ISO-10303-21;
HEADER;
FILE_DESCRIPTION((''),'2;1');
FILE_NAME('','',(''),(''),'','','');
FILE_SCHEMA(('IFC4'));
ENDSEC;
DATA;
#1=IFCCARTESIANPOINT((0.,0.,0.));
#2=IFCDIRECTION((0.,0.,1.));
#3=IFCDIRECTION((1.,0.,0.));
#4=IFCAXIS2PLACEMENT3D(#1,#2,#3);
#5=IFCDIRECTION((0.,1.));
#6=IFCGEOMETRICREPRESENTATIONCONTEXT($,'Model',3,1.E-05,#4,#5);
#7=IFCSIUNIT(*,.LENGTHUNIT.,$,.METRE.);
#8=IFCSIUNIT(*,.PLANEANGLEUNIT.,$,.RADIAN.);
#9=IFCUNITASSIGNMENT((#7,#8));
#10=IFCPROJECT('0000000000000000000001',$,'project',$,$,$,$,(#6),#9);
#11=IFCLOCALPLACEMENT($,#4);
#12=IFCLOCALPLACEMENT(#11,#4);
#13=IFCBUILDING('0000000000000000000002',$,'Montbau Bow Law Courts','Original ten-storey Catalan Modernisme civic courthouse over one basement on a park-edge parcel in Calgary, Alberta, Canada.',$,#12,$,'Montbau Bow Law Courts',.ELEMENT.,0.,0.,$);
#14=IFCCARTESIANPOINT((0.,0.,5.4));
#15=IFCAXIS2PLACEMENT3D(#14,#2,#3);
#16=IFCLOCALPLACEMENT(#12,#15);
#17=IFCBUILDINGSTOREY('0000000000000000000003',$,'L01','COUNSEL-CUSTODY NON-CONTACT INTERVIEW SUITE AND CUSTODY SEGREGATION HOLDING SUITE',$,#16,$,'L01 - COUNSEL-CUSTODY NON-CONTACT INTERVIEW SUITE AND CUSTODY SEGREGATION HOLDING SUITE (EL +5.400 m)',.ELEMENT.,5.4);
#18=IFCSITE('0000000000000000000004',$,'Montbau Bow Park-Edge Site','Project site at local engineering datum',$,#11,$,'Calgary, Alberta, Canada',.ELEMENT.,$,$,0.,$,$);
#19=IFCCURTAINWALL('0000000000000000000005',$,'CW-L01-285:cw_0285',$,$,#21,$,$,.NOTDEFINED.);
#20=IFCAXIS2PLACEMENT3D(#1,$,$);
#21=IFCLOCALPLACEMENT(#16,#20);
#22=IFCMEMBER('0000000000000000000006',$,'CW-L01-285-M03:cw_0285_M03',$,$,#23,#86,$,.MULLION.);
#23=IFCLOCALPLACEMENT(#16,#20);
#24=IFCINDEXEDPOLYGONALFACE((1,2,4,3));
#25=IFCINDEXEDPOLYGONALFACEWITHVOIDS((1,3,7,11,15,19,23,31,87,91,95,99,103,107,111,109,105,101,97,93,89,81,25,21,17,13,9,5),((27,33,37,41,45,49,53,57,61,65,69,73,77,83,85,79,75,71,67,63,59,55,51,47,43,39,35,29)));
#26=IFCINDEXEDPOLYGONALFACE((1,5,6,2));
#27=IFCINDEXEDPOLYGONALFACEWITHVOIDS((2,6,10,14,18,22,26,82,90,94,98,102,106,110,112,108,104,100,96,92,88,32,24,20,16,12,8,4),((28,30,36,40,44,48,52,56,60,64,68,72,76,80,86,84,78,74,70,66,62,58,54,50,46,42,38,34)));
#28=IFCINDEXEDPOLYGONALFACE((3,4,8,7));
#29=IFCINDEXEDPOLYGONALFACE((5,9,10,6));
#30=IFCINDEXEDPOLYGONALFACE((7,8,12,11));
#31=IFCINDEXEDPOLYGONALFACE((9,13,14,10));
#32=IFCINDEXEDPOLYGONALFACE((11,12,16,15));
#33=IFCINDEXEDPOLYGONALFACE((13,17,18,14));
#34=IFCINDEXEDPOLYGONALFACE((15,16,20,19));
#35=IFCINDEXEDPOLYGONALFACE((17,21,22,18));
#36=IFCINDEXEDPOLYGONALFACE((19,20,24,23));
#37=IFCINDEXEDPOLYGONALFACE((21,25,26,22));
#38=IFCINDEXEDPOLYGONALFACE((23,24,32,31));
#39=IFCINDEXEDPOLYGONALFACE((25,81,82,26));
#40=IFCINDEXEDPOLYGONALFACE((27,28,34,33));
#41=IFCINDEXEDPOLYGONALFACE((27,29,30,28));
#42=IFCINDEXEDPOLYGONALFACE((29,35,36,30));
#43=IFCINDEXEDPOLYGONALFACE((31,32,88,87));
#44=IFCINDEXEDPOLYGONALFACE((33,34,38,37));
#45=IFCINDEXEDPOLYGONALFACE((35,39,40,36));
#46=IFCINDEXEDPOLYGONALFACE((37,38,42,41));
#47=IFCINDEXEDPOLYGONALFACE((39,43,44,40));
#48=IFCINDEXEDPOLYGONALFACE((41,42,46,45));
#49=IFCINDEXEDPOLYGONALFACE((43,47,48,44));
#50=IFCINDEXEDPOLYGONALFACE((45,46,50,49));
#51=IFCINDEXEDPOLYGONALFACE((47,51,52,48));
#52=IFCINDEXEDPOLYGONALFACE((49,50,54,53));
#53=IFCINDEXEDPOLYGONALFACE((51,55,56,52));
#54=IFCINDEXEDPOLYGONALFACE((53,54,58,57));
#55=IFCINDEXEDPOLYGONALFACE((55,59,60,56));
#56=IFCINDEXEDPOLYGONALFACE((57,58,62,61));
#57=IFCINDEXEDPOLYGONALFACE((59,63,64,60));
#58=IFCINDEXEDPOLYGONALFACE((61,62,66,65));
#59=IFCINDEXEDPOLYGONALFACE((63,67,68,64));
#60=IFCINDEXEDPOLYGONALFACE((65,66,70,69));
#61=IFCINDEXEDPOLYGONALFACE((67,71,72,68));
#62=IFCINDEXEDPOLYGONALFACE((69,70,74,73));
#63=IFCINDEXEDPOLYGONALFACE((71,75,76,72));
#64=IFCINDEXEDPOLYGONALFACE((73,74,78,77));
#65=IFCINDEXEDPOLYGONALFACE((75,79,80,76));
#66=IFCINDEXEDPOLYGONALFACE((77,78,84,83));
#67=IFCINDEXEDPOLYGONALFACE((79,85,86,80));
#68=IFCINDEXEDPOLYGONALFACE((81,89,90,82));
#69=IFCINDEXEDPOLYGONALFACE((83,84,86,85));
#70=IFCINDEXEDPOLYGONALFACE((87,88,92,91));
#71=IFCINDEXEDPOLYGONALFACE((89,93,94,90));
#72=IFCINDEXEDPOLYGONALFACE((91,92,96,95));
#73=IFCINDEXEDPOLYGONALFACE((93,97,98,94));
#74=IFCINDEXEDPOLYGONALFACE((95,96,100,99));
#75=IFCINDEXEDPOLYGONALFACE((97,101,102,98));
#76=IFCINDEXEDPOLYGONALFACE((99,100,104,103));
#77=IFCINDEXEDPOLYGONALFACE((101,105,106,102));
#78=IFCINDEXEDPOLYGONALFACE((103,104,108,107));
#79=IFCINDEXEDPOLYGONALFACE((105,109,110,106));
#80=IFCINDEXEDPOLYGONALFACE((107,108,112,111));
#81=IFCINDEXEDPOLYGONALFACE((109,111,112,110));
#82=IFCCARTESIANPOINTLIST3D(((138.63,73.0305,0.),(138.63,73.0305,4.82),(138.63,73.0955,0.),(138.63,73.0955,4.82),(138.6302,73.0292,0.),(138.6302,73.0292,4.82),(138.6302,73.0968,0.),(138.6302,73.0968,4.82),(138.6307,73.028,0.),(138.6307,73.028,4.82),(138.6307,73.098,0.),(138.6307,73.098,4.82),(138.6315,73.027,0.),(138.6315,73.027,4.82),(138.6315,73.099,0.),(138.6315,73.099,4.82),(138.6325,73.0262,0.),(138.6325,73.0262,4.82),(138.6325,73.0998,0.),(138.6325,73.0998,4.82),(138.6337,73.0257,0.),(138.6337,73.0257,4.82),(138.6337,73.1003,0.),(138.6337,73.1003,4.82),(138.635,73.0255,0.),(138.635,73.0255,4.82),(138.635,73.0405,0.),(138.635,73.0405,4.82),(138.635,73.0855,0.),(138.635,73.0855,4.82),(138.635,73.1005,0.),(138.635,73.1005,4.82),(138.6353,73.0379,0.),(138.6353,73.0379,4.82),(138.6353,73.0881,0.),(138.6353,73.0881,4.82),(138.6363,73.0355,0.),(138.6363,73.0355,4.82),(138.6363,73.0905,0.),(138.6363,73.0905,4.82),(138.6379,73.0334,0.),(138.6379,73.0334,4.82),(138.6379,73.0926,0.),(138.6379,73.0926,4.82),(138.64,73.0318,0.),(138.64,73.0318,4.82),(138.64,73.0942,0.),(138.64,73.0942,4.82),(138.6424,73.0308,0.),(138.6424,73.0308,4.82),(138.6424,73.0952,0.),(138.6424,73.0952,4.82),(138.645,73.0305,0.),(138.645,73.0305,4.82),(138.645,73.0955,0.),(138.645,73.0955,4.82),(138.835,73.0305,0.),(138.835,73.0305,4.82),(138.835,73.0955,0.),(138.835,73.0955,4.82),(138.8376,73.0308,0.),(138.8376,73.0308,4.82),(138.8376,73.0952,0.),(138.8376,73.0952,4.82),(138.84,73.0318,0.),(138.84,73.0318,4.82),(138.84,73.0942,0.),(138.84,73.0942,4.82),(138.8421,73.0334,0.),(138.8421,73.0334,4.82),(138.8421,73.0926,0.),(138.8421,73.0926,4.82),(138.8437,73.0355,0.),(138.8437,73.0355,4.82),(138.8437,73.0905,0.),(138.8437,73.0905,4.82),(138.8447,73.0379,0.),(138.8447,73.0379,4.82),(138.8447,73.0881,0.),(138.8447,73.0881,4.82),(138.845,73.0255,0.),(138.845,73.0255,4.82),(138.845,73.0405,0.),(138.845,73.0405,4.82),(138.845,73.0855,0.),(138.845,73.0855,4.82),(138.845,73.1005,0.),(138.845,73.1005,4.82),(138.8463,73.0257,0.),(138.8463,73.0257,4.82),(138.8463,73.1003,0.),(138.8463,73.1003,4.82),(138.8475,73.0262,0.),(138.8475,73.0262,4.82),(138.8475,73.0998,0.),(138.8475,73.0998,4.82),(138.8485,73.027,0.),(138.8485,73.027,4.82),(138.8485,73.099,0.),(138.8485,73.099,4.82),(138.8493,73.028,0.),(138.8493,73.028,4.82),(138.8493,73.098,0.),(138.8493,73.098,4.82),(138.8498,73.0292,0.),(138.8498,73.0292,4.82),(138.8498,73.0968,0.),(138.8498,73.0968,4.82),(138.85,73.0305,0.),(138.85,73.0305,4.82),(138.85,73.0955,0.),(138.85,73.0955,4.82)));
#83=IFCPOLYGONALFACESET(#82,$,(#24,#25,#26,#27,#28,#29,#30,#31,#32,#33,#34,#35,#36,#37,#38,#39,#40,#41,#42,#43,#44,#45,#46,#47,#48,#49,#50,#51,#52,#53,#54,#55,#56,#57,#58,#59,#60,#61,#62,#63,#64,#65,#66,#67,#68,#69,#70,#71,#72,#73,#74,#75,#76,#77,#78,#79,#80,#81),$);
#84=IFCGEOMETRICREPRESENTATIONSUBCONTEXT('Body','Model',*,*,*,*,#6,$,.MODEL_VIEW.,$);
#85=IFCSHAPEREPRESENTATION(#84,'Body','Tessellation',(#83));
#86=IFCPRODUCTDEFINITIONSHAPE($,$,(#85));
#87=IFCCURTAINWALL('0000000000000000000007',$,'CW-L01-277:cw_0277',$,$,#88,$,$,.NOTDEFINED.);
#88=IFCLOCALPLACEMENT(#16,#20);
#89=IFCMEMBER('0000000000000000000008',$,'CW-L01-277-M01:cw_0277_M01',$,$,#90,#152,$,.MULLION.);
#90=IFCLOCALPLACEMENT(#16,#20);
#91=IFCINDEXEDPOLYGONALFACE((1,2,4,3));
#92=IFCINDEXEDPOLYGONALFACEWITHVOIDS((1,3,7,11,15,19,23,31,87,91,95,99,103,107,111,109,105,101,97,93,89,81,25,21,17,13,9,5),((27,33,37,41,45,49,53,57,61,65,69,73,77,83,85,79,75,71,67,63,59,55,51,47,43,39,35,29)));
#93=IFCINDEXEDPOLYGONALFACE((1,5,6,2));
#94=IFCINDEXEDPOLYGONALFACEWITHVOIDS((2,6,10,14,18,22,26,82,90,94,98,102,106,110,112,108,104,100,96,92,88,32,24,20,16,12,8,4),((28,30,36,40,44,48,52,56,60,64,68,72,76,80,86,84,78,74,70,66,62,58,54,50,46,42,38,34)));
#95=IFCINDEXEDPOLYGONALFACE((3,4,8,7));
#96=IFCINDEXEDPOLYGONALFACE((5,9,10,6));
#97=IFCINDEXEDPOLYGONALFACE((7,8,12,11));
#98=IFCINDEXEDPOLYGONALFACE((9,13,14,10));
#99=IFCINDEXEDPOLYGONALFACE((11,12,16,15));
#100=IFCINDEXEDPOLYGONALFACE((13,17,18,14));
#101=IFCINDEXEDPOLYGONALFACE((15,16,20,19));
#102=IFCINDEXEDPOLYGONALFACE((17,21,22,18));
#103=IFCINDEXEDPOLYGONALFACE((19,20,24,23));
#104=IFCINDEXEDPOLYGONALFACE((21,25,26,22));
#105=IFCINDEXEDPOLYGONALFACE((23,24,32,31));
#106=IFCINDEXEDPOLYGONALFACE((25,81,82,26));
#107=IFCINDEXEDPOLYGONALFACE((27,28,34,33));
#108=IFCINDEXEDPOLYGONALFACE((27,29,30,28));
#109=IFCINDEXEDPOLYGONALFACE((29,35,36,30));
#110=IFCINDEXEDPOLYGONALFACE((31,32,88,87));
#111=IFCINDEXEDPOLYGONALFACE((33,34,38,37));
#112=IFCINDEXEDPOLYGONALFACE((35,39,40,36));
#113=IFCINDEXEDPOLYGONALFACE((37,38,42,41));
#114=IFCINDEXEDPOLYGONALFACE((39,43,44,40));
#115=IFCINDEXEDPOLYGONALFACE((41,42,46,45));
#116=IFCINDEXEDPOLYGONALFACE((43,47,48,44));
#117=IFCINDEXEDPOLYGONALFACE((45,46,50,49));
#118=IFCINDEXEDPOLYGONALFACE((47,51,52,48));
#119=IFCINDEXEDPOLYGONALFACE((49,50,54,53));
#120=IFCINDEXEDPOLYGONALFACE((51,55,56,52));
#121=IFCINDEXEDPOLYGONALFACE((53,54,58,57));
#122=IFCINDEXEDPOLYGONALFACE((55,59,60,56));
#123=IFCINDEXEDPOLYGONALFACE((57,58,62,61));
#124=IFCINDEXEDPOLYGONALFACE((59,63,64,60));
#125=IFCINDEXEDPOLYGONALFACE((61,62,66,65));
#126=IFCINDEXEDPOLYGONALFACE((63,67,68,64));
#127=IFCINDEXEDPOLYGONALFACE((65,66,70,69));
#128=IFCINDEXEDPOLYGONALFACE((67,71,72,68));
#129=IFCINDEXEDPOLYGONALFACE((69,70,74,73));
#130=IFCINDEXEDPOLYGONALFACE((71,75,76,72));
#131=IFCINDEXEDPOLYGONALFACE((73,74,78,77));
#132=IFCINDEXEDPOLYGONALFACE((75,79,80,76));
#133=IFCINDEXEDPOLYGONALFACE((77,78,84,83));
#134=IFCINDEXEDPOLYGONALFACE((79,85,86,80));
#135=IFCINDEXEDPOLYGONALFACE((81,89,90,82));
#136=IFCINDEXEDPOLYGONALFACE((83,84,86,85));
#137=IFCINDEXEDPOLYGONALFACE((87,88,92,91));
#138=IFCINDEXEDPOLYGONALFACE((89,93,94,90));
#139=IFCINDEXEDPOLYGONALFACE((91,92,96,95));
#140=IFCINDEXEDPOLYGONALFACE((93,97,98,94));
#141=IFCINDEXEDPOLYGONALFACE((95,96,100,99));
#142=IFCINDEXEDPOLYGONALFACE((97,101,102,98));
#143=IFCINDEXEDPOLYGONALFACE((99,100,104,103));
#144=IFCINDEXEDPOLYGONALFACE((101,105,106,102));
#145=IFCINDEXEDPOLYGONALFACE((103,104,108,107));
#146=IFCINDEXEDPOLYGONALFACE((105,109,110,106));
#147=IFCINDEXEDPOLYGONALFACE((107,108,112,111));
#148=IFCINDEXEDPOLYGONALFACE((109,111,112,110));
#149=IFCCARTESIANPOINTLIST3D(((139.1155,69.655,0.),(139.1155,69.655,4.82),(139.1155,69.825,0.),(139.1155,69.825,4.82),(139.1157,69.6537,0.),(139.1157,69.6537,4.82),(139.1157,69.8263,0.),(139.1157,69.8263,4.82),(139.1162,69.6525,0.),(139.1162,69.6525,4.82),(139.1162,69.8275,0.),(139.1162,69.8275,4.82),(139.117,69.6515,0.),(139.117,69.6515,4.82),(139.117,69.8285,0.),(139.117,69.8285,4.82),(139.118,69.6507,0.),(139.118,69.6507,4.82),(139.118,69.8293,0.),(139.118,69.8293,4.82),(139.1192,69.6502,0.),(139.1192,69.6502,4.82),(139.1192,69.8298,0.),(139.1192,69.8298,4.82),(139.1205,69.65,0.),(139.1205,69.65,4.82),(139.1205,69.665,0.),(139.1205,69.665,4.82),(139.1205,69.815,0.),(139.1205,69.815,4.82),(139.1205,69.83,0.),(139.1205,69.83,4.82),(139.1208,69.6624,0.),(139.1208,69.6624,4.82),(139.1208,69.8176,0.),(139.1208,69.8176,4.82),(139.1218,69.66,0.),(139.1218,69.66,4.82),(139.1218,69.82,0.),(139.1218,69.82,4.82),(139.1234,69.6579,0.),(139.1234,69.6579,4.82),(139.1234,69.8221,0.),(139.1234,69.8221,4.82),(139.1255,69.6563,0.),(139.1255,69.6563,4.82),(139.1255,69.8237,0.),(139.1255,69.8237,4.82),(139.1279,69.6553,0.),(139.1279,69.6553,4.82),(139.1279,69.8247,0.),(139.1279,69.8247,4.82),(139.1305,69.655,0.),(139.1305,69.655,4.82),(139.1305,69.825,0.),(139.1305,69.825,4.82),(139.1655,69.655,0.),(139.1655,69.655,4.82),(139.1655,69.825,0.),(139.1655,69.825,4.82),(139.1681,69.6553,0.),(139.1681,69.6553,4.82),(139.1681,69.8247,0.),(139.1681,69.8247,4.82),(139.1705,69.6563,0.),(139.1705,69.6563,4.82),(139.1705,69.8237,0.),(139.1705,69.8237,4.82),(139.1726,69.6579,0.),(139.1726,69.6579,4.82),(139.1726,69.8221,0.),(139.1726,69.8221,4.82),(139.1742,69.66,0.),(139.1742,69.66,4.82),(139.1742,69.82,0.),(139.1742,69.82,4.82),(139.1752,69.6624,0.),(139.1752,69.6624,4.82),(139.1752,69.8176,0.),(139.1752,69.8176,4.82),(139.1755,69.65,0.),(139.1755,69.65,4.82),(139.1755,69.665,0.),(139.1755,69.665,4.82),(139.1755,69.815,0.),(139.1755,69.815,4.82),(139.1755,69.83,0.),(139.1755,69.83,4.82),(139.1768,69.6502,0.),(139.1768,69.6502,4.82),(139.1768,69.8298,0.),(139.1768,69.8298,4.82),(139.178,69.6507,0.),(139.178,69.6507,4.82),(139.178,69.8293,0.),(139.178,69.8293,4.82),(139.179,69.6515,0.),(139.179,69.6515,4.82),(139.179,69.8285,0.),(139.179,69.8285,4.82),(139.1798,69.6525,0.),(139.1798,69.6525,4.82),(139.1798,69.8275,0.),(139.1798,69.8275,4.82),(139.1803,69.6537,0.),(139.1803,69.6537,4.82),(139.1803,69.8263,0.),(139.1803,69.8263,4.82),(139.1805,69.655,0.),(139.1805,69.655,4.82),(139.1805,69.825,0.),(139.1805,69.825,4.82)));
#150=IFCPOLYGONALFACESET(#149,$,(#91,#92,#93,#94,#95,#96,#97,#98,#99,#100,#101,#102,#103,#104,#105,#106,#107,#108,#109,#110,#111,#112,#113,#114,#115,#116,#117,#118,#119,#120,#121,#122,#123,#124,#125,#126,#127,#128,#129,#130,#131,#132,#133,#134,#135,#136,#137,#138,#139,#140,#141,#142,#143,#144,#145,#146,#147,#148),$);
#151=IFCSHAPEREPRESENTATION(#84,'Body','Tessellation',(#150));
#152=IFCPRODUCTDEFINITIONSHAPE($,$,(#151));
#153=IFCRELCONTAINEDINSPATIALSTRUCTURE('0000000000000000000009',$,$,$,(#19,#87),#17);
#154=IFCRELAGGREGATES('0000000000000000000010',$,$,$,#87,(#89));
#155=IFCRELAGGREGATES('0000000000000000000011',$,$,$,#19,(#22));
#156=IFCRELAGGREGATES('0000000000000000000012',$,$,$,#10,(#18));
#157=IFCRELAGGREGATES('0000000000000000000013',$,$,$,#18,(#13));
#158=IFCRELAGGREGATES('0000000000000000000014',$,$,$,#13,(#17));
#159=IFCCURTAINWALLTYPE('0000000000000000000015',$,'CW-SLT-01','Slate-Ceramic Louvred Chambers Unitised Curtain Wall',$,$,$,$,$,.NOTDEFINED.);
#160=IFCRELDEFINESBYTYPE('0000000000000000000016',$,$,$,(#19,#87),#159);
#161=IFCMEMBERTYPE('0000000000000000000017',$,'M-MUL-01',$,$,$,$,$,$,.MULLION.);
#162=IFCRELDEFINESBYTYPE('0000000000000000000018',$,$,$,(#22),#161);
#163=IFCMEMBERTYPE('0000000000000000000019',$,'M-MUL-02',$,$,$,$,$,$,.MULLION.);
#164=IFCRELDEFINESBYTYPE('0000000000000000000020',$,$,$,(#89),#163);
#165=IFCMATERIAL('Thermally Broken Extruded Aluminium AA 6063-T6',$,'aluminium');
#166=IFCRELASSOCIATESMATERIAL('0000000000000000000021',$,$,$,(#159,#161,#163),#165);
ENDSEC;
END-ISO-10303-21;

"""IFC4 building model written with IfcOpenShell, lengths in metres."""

from ifc_helpers import new_model, si_unit, direction, frame, origin_with_axes, origin_2d_with_axis, place, context, subcontext, project, spatial, hollow_rectangle, extrude, material, material_profile, profile_set, type_object, element, aggregate, save


model = new_model("IFC4")

# Units and contexts
model_context = context("Model", 3, precision=1e-05, world=origin_with_axes(), true_north=direction((0.0, 1.0)))
body_context = subcontext(model_context, "Body", "Model", "MODEL_VIEW")
ifc_project = project(units=[si_unit("LENGTHUNIT", "METRE"), si_unit("PLANEANGLEUNIT", "RADIAN")], contexts=[model_context])

# Site, building, storey
site_placement = place(None, origin_with_axes())
site = spatial("IfcSite", under=ifc_project, at=site_placement, Name="Montbau Bow Park-Edge Site", Description="Project site at local engineering datum", LongName="Calgary, Alberta, Canada", CompositionType="ELEMENT", RefElevation=0.0)
building_placement = place(site_placement, origin_with_axes())
building = spatial("IfcBuilding", under=site, at=building_placement, Name="Montbau Bow Law Courts", Description="Original ten-storey Catalan Modernisme civic courthouse over one basement on a park-edge parcel in Calgary, Alberta, Canada.", LongName="Montbau Bow Law Courts", CompositionType="ELEMENT", ElevationOfRefHeight=0.0, ElevationOfTerrain=0.0)
storey_placement = place(building_placement, frame((0.0, 0.0, 5.4), z_axis=(0.0, 0.0, 1.0), x_axis=(1.0, 0.0, 0.0)))
storey = spatial("IfcBuildingStorey", under=building, at=storey_placement, Name="L01", Description="COUNSEL-CUSTODY NON-CONTACT INTERVIEW SUITE AND CUSTODY SEGREGATION HOLDING SUITE", LongName="L01 - COUNSEL-CUSTODY NON-CONTACT INTERVIEW SUITE AND CUSTODY SEGREGATION HOLDING SUITE (EL +5.400 m)", CompositionType="ELEMENT", Elevation=5.4)

# Curtain walls, members
ifc_material_1 = material(Name="Thermally Broken Extruded Aluminium AA 6063-T6", Category="aluminium")
curtain_wall_type = type_object("IfcCurtainWallType", Name="CW-SLT-01", Description="Slate-Ceramic Louvred Chambers Unitised Curtain Wall", PredefinedType="NOTDEFINED", material=ifc_material_1)
curtain_wall_1_placement = place(None, frame((138.74, 70.115, 5.4), z_axis=(0.0, 0.0, 1.0), x_axis=(1.0, 0.0, 0.0)))
curtain_wall_1 = element("IfcCurtainWall", 1, at=curtain_wall_1_placement, inside=storey, type_object=curtain_wall_type, Name="CW-L01-285:cw_0285", PredefinedType="NOTDEFINED")
ifc_material_profile_1 = material_profile(ifc_material_1, hollow_rectangle(XDim=0.075, YDim=0.22, WallThickness=0.005, InnerFilletRadius=0.01, OuterFilletRadius=0.005, at=origin_2d_with_axis()), Name="CWM-220X75", Category="Main", Priority=0)
ifc_profile_set_1 = profile_set([ifc_material_profile_1], Name="Thermally Broken Extruded Aluminium AA 6063-T6")
member_type_1 = type_object("IfcMemberType", Name="M-MUL-01", PredefinedType="MULLION", material=ifc_profile_set_1)
member_1_placement = place(None, frame((138.74, 73.063, 5.4), z_axis=(0.0, 0.0, 1.0), x_axis=(0.0, 1.0, 0.0)))
member_1 = element("IfcMember", 2, at=member_1_placement, type_object=member_type_1, Name="CW-L01-285-M03:cw_0285_M03", PredefinedType="MULLION", context=body_context, shape_type="SweptSolid", body=[
    extrude(hollow_rectangle(XDim=0.075, YDim=0.22, WallThickness=0.005, InnerFilletRadius=0.01, OuterFilletRadius=0.005, at=origin_2d_with_axis()), origin_with_axes(), (0.0, 0.0, 1.0), 4.82),
])
curtain_wall_2_placement = place(None, frame((139.115, 69.74, 5.4), z_axis=(0.0, 0.0, 1.0), x_axis=(1.0, 0.0, 0.0)))
curtain_wall_2 = element("IfcCurtainWall", 3, at=curtain_wall_2_placement, inside=storey, type_object=curtain_wall_type, Name="CW-L01-277:cw_0277", PredefinedType="NOTDEFINED")
ifc_material_profile_2 = material_profile(ifc_material_1, hollow_rectangle(XDim=0.065, YDim=0.18, WallThickness=0.005, InnerFilletRadius=0.01, OuterFilletRadius=0.005, at=origin_2d_with_axis()), Name="CWM-180X65", Category="Main", Priority=0)
ifc_profile_set_2 = profile_set([ifc_material_profile_2], Name="Thermally Broken Extruded Aluminium AA 6063-T6")
member_type_2 = type_object("IfcMemberType", Name="M-MUL-02", PredefinedType="MULLION", material=ifc_profile_set_2)
member_2_placement = place(None, frame((139.148, 69.74, 5.4), z_axis=(0.0, 0.0, 1.0), x_axis=(1.0, 0.0, 0.0)))
member_2 = element("IfcMember", 4, at=member_2_placement, type_object=member_type_2, Name="CW-L01-277-M01:cw_0277_M01", PredefinedType="MULLION", context=body_context, shape_type="SweptSolid", body=[
    extrude(hollow_rectangle(XDim=0.065, YDim=0.18, WallThickness=0.005, InnerFilletRadius=0.01, OuterFilletRadius=0.005, at=origin_2d_with_axis()), origin_with_axes(), (0.0, 0.0, 1.0), 4.82),
])
aggregate(curtain_wall_2, [member_2])

aggregate(curtain_wall_1, [member_1])

save(model, "model.ifc")
